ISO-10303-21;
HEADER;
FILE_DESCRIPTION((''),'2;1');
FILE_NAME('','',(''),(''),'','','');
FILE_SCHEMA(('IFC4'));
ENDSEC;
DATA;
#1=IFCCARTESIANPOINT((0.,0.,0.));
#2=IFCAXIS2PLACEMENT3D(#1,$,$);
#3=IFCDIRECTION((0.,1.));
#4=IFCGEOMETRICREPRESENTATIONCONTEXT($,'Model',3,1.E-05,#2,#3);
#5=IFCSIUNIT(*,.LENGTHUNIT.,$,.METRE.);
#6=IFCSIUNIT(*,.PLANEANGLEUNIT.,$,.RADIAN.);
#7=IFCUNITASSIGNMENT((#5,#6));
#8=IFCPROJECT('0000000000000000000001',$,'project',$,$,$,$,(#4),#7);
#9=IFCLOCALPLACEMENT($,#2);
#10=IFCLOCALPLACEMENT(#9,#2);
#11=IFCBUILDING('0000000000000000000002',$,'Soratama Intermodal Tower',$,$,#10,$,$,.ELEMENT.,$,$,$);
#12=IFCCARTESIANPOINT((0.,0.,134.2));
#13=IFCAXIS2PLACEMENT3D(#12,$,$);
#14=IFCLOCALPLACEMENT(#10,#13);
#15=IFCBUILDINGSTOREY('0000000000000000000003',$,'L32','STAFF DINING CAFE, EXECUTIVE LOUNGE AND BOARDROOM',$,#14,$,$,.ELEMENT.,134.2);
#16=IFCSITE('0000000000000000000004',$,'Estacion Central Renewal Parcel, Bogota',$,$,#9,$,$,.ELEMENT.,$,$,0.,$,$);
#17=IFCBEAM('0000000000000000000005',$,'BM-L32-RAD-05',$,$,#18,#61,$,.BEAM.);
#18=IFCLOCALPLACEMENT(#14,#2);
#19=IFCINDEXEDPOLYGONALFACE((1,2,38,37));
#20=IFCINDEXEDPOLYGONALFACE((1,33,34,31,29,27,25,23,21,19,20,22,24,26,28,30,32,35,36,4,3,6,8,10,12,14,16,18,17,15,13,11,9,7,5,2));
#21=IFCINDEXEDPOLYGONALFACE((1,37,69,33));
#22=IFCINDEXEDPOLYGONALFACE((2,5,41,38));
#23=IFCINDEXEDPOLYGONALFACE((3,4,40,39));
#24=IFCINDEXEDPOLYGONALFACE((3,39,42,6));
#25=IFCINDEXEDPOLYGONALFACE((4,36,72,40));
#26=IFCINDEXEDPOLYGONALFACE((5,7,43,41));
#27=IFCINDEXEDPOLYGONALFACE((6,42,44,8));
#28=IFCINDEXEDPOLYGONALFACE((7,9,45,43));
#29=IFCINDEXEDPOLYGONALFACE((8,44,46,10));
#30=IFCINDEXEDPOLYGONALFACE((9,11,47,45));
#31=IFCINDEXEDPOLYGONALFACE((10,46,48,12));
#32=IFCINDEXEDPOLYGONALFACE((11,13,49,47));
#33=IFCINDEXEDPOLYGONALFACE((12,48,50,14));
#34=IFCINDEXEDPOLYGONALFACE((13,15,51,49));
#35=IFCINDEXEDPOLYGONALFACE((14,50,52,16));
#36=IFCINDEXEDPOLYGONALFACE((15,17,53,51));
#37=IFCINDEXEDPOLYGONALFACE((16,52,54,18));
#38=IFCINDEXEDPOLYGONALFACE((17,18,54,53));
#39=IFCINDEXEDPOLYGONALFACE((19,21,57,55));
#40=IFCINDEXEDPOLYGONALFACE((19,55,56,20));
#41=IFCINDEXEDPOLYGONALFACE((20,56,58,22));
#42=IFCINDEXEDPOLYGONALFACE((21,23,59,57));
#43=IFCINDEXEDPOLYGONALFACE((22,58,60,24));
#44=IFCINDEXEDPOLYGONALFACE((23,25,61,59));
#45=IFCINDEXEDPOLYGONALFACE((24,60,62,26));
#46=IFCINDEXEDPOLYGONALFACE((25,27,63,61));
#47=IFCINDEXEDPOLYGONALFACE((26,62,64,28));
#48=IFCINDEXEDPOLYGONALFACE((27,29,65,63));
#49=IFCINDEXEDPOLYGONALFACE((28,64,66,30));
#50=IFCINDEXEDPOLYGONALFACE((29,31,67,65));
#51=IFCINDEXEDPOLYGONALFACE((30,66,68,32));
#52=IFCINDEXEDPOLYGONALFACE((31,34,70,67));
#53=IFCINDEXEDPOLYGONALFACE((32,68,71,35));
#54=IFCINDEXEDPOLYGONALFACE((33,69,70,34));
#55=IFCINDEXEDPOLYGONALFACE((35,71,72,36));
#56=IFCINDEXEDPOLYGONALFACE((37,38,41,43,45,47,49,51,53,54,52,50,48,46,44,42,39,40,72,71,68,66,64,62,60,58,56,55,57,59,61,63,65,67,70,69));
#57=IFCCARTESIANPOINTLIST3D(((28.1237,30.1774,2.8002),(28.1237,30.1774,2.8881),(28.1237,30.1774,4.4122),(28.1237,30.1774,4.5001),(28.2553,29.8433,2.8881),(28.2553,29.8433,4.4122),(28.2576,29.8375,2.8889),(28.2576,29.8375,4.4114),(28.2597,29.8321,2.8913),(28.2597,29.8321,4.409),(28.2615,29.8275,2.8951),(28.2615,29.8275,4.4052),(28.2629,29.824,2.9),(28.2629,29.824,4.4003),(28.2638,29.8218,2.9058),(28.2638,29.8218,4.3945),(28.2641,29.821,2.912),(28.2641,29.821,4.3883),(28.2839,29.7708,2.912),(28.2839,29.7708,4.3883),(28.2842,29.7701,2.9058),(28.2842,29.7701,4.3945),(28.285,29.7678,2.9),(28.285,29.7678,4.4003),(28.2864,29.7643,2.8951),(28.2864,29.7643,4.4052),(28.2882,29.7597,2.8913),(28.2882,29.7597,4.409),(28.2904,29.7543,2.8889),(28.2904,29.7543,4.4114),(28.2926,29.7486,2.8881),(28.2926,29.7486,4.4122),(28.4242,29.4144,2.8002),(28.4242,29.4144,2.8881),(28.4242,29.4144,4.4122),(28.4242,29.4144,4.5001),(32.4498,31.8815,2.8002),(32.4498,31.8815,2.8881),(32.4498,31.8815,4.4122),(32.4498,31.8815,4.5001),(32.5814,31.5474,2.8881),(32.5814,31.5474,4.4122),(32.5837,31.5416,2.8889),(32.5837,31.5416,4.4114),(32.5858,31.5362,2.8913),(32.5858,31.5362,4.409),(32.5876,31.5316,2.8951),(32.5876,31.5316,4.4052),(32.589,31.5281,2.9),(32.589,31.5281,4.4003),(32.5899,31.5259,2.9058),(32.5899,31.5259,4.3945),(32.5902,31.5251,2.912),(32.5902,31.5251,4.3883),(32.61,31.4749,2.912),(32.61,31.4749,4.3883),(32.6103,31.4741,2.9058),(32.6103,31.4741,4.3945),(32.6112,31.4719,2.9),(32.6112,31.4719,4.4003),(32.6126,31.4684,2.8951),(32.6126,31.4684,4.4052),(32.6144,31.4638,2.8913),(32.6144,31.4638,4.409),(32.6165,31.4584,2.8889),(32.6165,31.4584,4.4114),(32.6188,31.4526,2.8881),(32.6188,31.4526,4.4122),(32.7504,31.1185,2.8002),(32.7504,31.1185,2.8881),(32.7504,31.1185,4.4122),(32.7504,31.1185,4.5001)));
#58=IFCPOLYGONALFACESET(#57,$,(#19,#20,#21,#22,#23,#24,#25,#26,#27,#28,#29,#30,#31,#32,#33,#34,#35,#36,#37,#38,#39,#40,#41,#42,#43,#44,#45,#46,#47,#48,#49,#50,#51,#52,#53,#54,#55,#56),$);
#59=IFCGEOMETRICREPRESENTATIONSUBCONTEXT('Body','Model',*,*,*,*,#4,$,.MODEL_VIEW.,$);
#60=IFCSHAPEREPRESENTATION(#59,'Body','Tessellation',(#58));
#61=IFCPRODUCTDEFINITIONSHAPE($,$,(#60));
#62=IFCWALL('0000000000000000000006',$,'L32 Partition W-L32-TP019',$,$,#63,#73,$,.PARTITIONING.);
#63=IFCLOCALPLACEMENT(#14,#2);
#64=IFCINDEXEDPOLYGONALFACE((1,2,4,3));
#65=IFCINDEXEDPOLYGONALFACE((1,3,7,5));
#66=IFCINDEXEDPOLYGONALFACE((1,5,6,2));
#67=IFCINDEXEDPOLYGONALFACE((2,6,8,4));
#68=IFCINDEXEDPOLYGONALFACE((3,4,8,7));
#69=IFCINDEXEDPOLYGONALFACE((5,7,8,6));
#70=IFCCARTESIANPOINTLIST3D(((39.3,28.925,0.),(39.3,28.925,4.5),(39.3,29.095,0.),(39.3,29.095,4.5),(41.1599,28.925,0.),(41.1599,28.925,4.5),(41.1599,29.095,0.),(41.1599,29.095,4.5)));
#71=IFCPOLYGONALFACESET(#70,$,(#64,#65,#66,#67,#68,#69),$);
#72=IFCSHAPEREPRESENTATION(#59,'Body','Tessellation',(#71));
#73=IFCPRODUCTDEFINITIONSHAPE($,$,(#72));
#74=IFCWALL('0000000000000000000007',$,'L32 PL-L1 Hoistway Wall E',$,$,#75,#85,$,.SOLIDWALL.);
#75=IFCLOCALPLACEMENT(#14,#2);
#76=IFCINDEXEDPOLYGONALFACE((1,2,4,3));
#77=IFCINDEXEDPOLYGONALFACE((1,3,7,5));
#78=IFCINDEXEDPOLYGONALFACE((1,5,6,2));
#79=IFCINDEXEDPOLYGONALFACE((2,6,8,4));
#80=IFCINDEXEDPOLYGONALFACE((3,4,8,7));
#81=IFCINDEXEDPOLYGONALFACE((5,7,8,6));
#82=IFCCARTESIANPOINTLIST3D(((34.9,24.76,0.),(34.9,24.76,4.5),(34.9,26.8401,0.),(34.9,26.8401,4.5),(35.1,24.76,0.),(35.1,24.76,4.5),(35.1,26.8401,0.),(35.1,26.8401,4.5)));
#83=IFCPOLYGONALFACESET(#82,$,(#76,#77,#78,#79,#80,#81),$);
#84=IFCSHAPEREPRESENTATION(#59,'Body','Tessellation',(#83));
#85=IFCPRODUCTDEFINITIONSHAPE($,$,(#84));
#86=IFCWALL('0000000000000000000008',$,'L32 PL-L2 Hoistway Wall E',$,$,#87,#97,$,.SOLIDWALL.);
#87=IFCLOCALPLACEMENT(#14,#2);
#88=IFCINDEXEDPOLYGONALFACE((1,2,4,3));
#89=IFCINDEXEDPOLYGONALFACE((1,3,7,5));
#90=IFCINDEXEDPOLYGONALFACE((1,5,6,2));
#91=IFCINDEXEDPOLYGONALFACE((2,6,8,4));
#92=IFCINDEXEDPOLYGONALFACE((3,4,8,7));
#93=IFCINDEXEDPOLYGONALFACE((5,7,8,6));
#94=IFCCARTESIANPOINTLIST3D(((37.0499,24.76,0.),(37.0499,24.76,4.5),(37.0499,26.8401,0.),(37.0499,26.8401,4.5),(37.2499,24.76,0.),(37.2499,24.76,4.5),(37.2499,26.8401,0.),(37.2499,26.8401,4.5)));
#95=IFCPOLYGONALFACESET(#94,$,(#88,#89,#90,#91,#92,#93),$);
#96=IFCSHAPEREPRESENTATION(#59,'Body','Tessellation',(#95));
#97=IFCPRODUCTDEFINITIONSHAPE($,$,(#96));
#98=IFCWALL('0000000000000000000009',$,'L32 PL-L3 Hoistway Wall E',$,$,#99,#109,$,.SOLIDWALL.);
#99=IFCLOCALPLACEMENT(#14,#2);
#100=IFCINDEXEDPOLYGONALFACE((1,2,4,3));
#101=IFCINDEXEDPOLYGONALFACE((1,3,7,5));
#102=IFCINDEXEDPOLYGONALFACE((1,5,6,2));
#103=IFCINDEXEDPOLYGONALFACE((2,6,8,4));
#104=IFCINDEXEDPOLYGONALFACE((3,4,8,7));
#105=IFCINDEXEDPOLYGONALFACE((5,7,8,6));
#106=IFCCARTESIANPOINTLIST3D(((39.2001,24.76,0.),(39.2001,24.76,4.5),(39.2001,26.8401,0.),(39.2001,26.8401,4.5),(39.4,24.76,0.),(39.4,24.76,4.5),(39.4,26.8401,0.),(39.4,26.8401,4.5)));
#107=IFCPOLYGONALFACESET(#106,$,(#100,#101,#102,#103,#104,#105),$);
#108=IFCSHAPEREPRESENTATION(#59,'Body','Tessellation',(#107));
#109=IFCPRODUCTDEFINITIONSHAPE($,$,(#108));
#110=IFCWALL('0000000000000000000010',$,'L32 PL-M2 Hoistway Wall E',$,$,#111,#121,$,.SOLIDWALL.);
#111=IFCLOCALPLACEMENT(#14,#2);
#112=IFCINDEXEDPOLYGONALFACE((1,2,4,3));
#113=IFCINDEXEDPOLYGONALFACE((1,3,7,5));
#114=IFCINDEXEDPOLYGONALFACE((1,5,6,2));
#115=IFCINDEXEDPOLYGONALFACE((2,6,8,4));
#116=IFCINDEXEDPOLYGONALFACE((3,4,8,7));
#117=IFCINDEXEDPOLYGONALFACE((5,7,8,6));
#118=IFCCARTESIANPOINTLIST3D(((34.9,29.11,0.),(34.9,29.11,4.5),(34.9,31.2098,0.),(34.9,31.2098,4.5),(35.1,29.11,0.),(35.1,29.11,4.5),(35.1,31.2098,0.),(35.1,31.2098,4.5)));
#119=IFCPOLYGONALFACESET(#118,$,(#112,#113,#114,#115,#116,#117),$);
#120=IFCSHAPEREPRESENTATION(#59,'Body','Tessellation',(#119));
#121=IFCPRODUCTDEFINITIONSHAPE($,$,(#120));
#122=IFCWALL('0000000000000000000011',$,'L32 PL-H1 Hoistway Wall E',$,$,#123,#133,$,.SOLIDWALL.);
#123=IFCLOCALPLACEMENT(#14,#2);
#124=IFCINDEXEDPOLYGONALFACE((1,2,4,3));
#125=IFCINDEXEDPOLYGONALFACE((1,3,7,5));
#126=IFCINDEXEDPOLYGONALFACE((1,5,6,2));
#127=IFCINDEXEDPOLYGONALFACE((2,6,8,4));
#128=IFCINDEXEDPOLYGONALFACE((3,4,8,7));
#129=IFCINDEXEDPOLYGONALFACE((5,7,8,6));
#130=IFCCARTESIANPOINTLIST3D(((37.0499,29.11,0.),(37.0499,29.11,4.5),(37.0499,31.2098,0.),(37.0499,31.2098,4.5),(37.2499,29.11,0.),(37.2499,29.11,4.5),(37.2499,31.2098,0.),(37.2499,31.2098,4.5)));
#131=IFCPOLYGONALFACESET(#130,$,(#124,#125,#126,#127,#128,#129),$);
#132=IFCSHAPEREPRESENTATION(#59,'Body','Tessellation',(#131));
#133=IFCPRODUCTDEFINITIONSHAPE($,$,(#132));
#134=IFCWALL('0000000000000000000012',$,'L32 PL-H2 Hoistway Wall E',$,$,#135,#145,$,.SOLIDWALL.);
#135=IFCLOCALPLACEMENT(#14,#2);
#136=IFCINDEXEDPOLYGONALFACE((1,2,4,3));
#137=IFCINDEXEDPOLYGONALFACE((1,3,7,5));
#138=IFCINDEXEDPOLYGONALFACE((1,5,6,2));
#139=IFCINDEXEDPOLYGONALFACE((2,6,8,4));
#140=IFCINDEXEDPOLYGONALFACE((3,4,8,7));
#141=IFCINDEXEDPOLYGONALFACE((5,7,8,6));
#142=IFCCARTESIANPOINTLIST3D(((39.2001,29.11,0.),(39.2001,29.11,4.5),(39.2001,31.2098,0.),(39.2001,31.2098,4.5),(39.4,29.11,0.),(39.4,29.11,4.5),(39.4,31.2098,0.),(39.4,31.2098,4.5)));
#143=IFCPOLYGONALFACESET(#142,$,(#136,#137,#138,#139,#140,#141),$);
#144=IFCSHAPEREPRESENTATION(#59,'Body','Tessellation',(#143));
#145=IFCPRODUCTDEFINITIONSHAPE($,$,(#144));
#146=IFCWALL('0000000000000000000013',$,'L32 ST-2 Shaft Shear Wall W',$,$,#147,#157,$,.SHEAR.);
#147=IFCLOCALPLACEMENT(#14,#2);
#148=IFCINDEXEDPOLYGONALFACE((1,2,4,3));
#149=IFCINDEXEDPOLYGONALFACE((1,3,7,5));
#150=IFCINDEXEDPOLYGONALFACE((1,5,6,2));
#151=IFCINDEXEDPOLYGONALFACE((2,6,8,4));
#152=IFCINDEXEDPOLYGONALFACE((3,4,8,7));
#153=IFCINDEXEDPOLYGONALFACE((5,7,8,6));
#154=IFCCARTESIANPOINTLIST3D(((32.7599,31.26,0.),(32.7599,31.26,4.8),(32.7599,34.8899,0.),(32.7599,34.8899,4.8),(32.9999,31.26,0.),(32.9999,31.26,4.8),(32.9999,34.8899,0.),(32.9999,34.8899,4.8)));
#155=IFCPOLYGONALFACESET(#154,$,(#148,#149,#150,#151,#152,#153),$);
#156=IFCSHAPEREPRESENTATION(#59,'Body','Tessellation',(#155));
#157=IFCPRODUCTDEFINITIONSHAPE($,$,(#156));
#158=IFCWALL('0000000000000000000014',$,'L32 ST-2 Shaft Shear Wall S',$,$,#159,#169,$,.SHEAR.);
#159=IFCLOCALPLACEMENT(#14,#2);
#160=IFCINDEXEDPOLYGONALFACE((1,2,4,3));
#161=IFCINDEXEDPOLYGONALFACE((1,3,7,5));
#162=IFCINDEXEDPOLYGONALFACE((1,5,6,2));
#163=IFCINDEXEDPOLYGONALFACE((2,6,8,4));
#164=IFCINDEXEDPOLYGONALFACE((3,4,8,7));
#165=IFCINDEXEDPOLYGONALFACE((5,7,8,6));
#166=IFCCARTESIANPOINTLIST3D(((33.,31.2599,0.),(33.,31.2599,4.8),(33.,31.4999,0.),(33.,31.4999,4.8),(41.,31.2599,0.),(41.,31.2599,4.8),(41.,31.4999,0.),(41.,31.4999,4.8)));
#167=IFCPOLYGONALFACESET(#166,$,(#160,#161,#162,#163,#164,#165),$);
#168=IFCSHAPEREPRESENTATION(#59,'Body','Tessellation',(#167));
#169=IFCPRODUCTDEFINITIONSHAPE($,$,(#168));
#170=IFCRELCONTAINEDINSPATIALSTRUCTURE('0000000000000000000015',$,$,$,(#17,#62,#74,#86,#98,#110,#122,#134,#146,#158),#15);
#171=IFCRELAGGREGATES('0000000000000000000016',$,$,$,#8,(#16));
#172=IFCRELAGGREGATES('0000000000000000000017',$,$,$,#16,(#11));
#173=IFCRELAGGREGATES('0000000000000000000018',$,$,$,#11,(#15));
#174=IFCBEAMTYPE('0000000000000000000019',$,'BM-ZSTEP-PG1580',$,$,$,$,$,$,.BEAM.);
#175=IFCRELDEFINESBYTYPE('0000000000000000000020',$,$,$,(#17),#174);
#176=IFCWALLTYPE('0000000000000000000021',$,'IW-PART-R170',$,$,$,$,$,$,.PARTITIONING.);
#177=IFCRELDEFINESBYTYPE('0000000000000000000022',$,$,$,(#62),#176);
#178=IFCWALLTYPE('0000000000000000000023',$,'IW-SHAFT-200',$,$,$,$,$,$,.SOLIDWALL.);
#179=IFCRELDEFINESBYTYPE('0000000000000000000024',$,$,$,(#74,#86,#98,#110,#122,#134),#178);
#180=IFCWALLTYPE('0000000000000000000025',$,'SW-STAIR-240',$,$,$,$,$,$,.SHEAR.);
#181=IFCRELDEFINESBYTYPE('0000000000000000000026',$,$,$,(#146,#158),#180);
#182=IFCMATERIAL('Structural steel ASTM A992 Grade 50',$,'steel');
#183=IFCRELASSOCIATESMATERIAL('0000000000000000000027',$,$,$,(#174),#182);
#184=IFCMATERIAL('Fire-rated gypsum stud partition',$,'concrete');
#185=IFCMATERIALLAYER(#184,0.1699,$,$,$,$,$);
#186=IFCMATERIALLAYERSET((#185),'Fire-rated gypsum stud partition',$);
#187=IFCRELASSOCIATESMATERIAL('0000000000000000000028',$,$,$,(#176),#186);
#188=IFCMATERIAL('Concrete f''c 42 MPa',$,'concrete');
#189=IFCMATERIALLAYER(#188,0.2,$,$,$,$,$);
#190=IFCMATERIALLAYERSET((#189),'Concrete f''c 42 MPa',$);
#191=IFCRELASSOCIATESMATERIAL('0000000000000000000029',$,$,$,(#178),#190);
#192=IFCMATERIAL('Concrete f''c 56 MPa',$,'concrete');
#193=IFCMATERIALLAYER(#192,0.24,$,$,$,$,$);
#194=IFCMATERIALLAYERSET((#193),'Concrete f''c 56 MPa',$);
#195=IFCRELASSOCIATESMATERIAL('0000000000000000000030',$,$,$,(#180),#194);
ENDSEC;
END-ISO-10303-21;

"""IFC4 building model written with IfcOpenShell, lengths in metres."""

from ifc_helpers import new_model, si_unit, direction, frame, frame_2d, origin, origin_2d, place, context, subcontext, project, spatial, rectangle, i_section, extrude, material, layer, layer_set, material_profile, profile_set, type_object, element, save


model = new_model("IFC4")

# Units and contexts
model_context = context("Model", 3, precision=1e-05, world=origin(), true_north=direction((0.0, 1.0)))
body_context = subcontext(model_context, "Body", "Model", "MODEL_VIEW")
ifc_project = project(units=[si_unit("LENGTHUNIT", "METRE"), si_unit("PLANEANGLEUNIT", "RADIAN")], contexts=[model_context])

# Site, building, storey
site_placement = place(None, origin())
site = spatial("IfcSite", under=ifc_project, at=site_placement, Name="Estacion Central Renewal Parcel, Bogota", CompositionType="ELEMENT", RefElevation=0.0)
building_placement = place(site_placement, origin())
building = spatial("IfcBuilding", under=site, at=building_placement, Name="Soratama Intermodal Tower", CompositionType="ELEMENT")
storey_placement = place(building_placement, frame((0.0, 0.0, 134.2)))
storey = spatial("IfcBuildingStorey", under=building, at=storey_placement, Name="L32", Description="STAFF DINING CAFE, EXECUTIVE LOUNGE AND BOARDROOM", CompositionType="ELEMENT", Elevation=134.2)

# Beam
ifc_material_1 = material(Name="Structural steel ASTM A992 Grade 50", Category="steel")
ifc_material_profile = material_profile(ifc_material_1, i_section(OverallWidth=0.8201, OverallDepth=1.7, WebThickness=0.054, FlangeThickness=0.0879, FilletRadius=0.0239, at=origin_2d()), Name="PG1580X800")
ifc_profile_set = profile_set([ifc_material_profile], Name="Structural steel ASTM A992 Grade 50")
beam_type = type_object("IfcBeamType", Name="BM-ZSTEP-PG1580", PredefinedType="BEAM", material=ifc_profile_set)
beam_placement = place(storey_placement, frame((32.6001, 31.5, 3.6501), z_axis=(-0.930419, -0.366497, 0.0), x_axis=(0.366497, -0.930419, 0.0)))
element("IfcBeam", 1, at=beam_placement, inside=storey, type_object=beam_type, Name="BM-L32-RAD-05", PredefinedType="BEAM", context=body_context, shape_type="SweptSolid", body=[
    extrude(i_section(OverallWidth=0.8201, OverallDepth=1.7, WebThickness=0.054, FlangeThickness=0.0879, FilletRadius=0.0239, at=origin_2d()), origin(), (0.0, 0.0, 1.0), 4.6497),
])

# Wall
ifc_material_2 = material(Name="Fire-rated gypsum stud partition", Category="concrete")
ifc_layer_1 = layer(ifc_material_2, 0.1699)
ifc_layer_set_1 = layer_set([ifc_layer_1], Name="Fire-rated gypsum stud partition")
wall_type_1 = type_object("IfcWallType", Name="IW-PART-R170", PredefinedType="PARTITIONING", material=ifc_layer_set_1)
wall_1_placement = place(storey_placement, frame((39.3, 29.01, 0.0), z_axis=(0.0, 0.0, 1.0), x_axis=(1.0, 0.0, 0.0)))
element("IfcWall", 2, at=wall_1_placement, inside=storey, type_object=wall_type_1, Name="L32 Partition W-L32-TP019", PredefinedType="PARTITIONING", context=body_context, shape_type="SweptSolid", body=[
    extrude(rectangle(XDim=1.8599, YDim=0.1699, at=frame_2d((0.9299, 0.0))), origin(), (0.0, 0.0, 1.0), 4.5),
])

# Shared definitions
ifc_material_3 = material(Name="Concrete f'c 42 MPa", Category="concrete")
ifc_layer_2 = layer(ifc_material_3, 0.2)
ifc_layer_set_2 = layer_set([ifc_layer_2], Name="Concrete f'c 42 MPa")
wall_type_2 = type_object("IfcWallType", Name="IW-SHAFT-200", PredefinedType="SOLIDWALL", material=ifc_layer_set_2)

# Wall
wall_2_placement = place(storey_placement, frame((35.0, 24.76, 0.0), z_axis=(0.0, 0.0, 1.0), x_axis=(0.0, 1.0, 0.0)))
element("IfcWall", 3, at=wall_2_placement, inside=storey, type_object=wall_type_2, Name="L32 PL-L1 Hoistway Wall E", PredefinedType="SOLIDWALL", context=body_context, shape_type="SweptSolid", body=[
    extrude(rectangle(XDim=2.0801, YDim=0.2, at=frame_2d((1.04, 0.0))), origin(), (0.0, 0.0, 1.0), 4.5),
])

# Wall
wall_3_placement = place(storey_placement, frame((37.1499, 24.76, 0.0), z_axis=(0.0, 0.0, 1.0), x_axis=(0.0, 1.0, 0.0)))
element("IfcWall", 4, at=wall_3_placement, inside=storey, type_object=wall_type_2, Name="L32 PL-L2 Hoistway Wall E", PredefinedType="SOLIDWALL", context=body_context, shape_type="SweptSolid", body=[
    extrude(rectangle(XDim=2.0801, YDim=0.2, at=frame_2d((1.04, 0.0))), origin(), (0.0, 0.0, 1.0), 4.5),
])

# Wall
wall_4_placement = place(storey_placement, frame((39.3, 24.76, 0.0), z_axis=(0.0, 0.0, 1.0), x_axis=(0.0, 1.0, 0.0)))
element("IfcWall", 5, at=wall_4_placement, inside=storey, type_object=wall_type_2, Name="L32 PL-L3 Hoistway Wall E", PredefinedType="SOLIDWALL", context=body_context, shape_type="SweptSolid", body=[
    extrude(rectangle(XDim=2.0801, YDim=0.2, at=frame_2d((1.04, 0.0))), origin(), (0.0, 0.0, 1.0), 4.5),
])

# Wall
wall_5_placement = place(storey_placement, frame((35.0, 29.1101, 0.0), z_axis=(0.0, 0.0, 1.0), x_axis=(0.0, 1.0, 0.0)))
element("IfcWall", 6, at=wall_5_placement, inside=storey, type_object=wall_type_2, Name="L32 PL-M2 Hoistway Wall E", PredefinedType="SOLIDWALL", context=body_context, shape_type="SweptSolid", body=[
    extrude(rectangle(XDim=2.0999, YDim=0.2, at=frame_2d((1.0498, 0.0))), origin(), (0.0, 0.0, 1.0), 4.5),
])

# Wall
wall_6_placement = place(storey_placement, frame((37.1499, 29.1101, 0.0), z_axis=(0.0, 0.0, 1.0), x_axis=(0.0, 1.0, 0.0)))
element("IfcWall", 7, at=wall_6_placement, inside=storey, type_object=wall_type_2, Name="L32 PL-H1 Hoistway Wall E", PredefinedType="SOLIDWALL", context=body_context, shape_type="SweptSolid", body=[
    extrude(rectangle(XDim=2.0999, YDim=0.2, at=frame_2d((1.0498, 0.0))), origin(), (0.0, 0.0, 1.0), 4.5),
])

# Walls
wall_7_placement = place(storey_placement, frame((39.3, 29.1101, 0.0), z_axis=(0.0, 0.0, 1.0), x_axis=(0.0, 1.0, 0.0)))
element("IfcWall", 8, at=wall_7_placement, inside=storey, type_object=wall_type_2, Name="L32 PL-H2 Hoistway Wall E", PredefinedType="SOLIDWALL", context=body_context, shape_type="SweptSolid", body=[
    extrude(rectangle(XDim=2.0999, YDim=0.2, at=frame_2d((1.0498, 0.0))), origin(), (0.0, 0.0, 1.0), 4.5),
])
ifc_material_4 = material(Name="Concrete f'c 56 MPa", Category="concrete")
ifc_layer_3 = layer(ifc_material_4, 0.24)
ifc_layer_set_3 = layer_set([ifc_layer_3], Name="Concrete f'c 56 MPa")
wall_type_3 = type_object("IfcWallType", Name="SW-STAIR-240", PredefinedType="SHEAR", material=ifc_layer_set_3)
wall_8_placement = place(storey_placement, frame((32.8799, 31.26, 0.0), z_axis=(0.0, 0.0, 1.0), x_axis=(0.0, 1.0, 0.0)))
element("IfcWall", 9, at=wall_8_placement, inside=storey, type_object=wall_type_3, Name="L32 ST-2 Shaft Shear Wall W", PredefinedType="SHEAR", context=body_context, shape_type="SweptSolid", body=[
    extrude(rectangle(XDim=3.6299, YDim=0.24, at=frame_2d((1.8149, 0.0))), origin(), (0.0, 0.0, 1.0), 4.8),
])
wall_9_placement = place(storey_placement, frame((33.0, 31.3799, 0.0), z_axis=(0.0, 0.0, 1.0), x_axis=(1.0, 0.0, 0.0)))
element("IfcWall", 10, at=wall_9_placement, inside=storey, type_object=wall_type_3, Name="L32 ST-2 Shaft Shear Wall S", PredefinedType="SHEAR", context=body_context, shape_type="SweptSolid", body=[
    extrude(rectangle(XDim=8.0, YDim=0.24, at=frame_2d((4.0, 0.0))), origin(), (0.0, 0.0, 1.0), 4.8),
])

save(model, "model.ifc")
